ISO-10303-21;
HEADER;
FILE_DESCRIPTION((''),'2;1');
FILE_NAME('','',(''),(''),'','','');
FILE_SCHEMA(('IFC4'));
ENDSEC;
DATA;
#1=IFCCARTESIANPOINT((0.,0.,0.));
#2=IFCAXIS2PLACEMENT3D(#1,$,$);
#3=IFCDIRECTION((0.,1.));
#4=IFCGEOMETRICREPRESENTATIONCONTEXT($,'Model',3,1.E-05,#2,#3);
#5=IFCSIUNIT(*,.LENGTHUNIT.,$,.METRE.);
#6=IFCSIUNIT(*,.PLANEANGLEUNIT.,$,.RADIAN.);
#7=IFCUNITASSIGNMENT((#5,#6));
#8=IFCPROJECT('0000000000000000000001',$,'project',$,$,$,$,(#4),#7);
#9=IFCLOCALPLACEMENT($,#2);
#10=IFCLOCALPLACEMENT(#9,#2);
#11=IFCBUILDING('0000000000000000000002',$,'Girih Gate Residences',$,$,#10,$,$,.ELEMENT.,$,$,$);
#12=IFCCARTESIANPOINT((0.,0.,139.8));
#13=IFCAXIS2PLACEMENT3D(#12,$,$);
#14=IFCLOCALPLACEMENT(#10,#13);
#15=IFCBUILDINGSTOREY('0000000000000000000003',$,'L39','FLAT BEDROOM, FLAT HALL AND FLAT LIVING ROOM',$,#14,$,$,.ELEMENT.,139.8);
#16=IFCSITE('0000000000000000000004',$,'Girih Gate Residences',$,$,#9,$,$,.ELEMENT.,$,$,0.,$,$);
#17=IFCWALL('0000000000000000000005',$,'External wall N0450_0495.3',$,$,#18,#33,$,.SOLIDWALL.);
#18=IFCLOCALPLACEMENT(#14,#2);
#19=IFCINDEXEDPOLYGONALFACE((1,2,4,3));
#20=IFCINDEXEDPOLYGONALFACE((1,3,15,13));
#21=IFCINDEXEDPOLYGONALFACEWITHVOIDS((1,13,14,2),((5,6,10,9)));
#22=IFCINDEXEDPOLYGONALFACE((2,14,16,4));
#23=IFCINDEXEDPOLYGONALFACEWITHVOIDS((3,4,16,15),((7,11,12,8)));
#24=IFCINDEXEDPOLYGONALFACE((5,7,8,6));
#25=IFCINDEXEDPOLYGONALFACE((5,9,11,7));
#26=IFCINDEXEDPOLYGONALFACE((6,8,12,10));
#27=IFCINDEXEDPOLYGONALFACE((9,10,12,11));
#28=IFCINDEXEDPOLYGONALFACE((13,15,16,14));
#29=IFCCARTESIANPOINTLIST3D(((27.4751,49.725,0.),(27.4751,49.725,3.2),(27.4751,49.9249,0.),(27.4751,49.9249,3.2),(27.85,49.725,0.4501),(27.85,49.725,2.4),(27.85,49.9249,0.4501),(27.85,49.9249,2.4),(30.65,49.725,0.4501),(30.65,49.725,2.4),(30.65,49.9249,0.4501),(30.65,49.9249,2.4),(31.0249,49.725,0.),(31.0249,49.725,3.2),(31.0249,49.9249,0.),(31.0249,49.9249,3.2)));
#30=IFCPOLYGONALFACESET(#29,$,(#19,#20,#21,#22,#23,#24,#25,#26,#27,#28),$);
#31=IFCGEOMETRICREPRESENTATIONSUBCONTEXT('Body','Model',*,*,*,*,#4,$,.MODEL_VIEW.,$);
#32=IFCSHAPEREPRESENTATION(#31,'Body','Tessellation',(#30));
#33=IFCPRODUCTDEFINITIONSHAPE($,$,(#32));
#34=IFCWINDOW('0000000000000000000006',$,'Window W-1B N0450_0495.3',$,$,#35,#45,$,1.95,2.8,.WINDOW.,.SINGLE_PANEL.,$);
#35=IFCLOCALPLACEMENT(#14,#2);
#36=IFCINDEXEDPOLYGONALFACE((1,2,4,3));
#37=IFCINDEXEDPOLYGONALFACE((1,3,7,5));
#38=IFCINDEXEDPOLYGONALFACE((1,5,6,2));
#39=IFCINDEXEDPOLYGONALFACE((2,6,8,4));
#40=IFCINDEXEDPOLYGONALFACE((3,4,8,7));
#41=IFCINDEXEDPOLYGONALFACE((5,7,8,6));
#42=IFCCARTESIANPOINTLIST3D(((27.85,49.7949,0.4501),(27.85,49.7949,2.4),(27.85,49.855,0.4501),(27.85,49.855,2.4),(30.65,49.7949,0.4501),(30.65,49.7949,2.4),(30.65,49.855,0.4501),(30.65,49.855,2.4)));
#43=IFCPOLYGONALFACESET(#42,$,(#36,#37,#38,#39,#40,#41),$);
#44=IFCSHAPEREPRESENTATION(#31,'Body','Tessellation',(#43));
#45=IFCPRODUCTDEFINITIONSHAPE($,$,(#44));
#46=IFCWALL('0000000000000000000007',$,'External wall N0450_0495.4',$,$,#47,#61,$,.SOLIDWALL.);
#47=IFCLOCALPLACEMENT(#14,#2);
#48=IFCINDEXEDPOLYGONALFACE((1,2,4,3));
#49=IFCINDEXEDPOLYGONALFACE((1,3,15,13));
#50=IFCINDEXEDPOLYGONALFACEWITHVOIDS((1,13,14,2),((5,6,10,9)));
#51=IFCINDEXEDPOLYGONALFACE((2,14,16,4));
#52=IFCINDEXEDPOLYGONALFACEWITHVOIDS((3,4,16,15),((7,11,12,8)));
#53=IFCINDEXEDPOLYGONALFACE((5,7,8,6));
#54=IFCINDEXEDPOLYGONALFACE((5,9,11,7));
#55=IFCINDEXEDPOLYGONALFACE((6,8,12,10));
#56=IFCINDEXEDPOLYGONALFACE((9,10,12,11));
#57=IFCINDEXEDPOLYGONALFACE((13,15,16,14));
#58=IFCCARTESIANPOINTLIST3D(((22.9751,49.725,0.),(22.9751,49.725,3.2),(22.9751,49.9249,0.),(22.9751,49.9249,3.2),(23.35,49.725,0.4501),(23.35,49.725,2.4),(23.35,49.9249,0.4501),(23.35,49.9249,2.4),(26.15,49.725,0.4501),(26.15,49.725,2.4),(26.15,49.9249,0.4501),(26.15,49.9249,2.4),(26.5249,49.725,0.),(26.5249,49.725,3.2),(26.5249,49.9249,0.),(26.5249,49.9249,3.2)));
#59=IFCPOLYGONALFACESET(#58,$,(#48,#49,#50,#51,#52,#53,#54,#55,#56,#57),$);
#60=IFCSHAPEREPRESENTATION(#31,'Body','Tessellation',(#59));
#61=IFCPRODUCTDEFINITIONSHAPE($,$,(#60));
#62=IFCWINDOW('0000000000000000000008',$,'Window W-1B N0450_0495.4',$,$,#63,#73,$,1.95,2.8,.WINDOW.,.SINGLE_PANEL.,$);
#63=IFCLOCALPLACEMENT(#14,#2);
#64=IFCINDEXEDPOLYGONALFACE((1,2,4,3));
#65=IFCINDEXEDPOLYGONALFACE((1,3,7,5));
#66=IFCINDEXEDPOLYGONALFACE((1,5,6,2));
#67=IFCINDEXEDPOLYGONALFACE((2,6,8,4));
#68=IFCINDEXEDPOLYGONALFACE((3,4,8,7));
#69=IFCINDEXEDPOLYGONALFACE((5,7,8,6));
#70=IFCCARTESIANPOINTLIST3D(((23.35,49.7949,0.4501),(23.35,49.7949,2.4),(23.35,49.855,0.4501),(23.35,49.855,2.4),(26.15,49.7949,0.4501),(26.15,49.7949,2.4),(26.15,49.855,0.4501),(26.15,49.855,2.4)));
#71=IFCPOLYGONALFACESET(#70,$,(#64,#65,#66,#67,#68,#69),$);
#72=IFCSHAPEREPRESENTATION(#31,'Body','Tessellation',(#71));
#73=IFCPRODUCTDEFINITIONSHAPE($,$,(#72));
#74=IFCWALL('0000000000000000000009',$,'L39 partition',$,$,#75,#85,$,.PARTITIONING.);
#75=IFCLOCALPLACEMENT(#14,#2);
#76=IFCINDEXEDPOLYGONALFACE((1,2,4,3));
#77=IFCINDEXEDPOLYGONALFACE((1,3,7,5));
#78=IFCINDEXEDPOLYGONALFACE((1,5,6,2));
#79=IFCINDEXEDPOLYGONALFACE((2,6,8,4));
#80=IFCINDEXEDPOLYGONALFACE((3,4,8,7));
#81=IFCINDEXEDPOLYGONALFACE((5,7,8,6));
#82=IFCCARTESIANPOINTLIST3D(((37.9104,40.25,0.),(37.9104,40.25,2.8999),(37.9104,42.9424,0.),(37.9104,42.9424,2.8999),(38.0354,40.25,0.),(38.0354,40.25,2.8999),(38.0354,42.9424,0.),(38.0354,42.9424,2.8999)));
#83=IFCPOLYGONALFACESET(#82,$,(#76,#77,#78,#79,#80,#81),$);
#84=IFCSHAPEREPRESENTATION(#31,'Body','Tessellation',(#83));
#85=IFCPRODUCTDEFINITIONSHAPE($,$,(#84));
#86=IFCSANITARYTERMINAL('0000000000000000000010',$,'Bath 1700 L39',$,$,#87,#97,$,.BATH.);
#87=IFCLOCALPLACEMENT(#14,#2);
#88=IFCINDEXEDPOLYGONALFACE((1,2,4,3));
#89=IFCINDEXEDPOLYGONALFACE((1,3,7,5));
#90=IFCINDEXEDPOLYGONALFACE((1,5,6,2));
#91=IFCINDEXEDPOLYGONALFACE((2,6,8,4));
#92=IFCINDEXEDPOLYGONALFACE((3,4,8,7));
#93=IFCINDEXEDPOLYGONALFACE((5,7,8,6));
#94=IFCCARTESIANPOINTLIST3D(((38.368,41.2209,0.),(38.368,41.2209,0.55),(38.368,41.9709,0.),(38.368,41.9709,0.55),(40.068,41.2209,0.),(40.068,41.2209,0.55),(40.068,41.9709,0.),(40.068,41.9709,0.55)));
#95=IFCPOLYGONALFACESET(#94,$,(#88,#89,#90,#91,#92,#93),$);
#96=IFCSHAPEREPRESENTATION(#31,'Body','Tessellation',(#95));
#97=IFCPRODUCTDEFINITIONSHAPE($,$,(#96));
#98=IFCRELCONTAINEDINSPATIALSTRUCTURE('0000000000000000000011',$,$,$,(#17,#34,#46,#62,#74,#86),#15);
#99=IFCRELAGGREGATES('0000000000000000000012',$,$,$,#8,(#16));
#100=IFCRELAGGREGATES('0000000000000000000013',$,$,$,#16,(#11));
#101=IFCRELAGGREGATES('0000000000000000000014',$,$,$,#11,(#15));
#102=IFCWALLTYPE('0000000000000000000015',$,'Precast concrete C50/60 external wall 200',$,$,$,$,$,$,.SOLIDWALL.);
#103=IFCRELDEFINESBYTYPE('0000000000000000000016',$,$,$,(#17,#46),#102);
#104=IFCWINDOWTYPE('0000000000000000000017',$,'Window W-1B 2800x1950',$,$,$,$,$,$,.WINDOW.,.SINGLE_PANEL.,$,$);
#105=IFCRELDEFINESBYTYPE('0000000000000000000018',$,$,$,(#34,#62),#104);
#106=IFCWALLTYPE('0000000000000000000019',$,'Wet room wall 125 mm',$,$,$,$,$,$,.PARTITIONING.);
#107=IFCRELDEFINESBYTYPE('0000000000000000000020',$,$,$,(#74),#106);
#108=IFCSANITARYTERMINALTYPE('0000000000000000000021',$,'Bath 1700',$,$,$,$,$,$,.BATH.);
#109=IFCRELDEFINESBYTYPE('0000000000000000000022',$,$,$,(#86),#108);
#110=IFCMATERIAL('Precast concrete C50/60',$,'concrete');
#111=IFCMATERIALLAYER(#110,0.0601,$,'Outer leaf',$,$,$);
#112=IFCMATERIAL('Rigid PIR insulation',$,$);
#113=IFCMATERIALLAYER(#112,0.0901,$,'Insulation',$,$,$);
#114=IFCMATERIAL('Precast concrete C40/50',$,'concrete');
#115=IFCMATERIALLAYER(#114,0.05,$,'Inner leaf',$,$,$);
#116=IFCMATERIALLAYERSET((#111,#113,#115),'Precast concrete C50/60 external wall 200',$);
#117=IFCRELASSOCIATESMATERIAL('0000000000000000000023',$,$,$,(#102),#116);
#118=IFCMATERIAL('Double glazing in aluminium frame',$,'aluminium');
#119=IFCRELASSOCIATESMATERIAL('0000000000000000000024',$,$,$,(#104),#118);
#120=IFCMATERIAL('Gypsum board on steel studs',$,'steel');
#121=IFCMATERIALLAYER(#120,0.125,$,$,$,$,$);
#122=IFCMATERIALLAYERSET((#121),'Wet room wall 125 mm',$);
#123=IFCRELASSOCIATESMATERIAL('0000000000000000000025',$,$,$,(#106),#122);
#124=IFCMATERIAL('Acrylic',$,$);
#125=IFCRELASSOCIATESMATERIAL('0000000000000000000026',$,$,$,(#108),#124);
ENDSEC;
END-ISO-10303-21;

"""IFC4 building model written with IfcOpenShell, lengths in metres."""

from ifc_helpers import new_model, si_unit, direction, frame, frame_2d, origin, origin_2d, place, context, subcontext, project, spatial, rectangle, extrude, material, layer, layer_set, type_object, element, fill, save


model = new_model("IFC4")

# Units and contexts
model_context = context("Model", 3, precision=1e-05, world=origin(), true_north=direction((0.0, 1.0)))
body_context = subcontext(model_context, "Body", "Model", "MODEL_VIEW")
ifc_project = project(units=[si_unit("LENGTHUNIT", "METRE"), si_unit("PLANEANGLEUNIT", "RADIAN")], contexts=[model_context])

# Site, building, storey
site_placement = place(None, origin())
site = spatial("IfcSite", under=ifc_project, at=site_placement, Name="Girih Gate Residences", CompositionType="ELEMENT", RefElevation=0.0)
building_placement = place(site_placement, origin())
building = spatial("IfcBuilding", under=site, at=building_placement, Name="Girih Gate Residences", CompositionType="ELEMENT")
storey_placement = place(building_placement, frame((0.0, 0.0, 139.8)))
storey = spatial("IfcBuildingStorey", under=building, at=storey_placement, Name="L39", Description="FLAT BEDROOM, FLAT HALL AND FLAT LIVING ROOM", CompositionType="ELEMENT", Elevation=139.8)

# Shared definitions
ifc_material_1 = material(Name="Gypsum board on steel studs", Category="steel")

# Walls, openings, windows
ifc_material_2 = material(Name="Precast concrete C50/60", Category="concrete")
ifc_layer_1 = layer(ifc_material_2, 0.0601, Name="Outer leaf")
ifc_material_3 = material(Name="Rigid PIR insulation")
ifc_layer_2 = layer(ifc_material_3, 0.0901, Name="Insulation")
ifc_material_4 = material(Name="Precast concrete C40/50", Category="concrete")
ifc_layer_3 = layer(ifc_material_4, 0.05, Name="Inner leaf")
ifc_layer_set_1 = layer_set([ifc_layer_1, ifc_layer_2, ifc_layer_3], Name="Precast concrete C50/60 external wall 200")
wall_type_1 = type_object("IfcWallType", Name="Precast concrete C50/60 external wall 200", PredefinedType="SOLIDWALL", material=ifc_layer_set_1)
ifc_material_5 = material(Name="Double glazing in aluminium frame", Category="aluminium")
window_type = type_object("IfcWindowType", Name="Window W-1B 2800x1950", PartitioningType="SINGLE_PANEL", PredefinedType="WINDOW", material=ifc_material_5)
wall_1_placement = place(storey_placement, frame((27.4751, 49.825, 0.0), z_axis=(0.0, 0.0, 1.0), x_axis=(1.0, 0.0, 0.0)))
wall_1 = element("IfcWall", 1, at=wall_1_placement, inside=storey, type_object=wall_type_1, Name="External wall N0450_0495.3", PredefinedType="SOLIDWALL", context=body_context, shape_type="SweptSolid", body=[
    extrude(rectangle(XDim=3.5498, YDim=0.2, at=frame_2d((1.7749, 0.0))), origin(), (0.0, 0.0, 1.0), 3.2),
])
opening_1_placement = place(wall_1_placement, frame((0.375, 0.0, 0.45)))
opening_1 = element("IfcOpeningElement", 2, at=opening_1_placement, cuts=wall_1, PredefinedType="OPENING", context=body_context, shape_type="SweptSolid", body=[
    extrude(rectangle(XDim=2.8, YDim=1.95, at=frame_2d((1.3999, 0.9751))), frame((0.0, 0.1099, 0.0), z_axis=(0.0, -1.0, 0.0), x_axis=(1.0, 0.0, 0.0)), (0.0, 0.0, 1.0), 0.22),
])
window_1_placement = place(opening_1_placement, origin())
window_1 = element("IfcWindow", 3, at=window_1_placement, inside=storey, type_object=window_type, Name="Window W-1B N0450_0495.3", OverallHeight=1.95, OverallWidth=2.8, PartitioningType="SINGLE_PANEL", PredefinedType="WINDOW", context=body_context, shape_type="SweptSolid", body=[
    extrude(rectangle(XDim=2.8, YDim=1.95, at=frame_2d((1.3999, 0.9751))), frame((0.0, 0.03, 0.0), z_axis=(0.0, -1.0, 0.0), x_axis=(1.0, 0.0, 0.0)), (0.0, 0.0, 1.0), 0.0601),
])
fill(opening_1, window_1)
wall_2_placement = place(storey_placement, frame((22.9751, 49.825, 0.0), z_axis=(0.0, 0.0, 1.0), x_axis=(1.0, 0.0, 0.0)))
wall_2 = element("IfcWall", 4, at=wall_2_placement, inside=storey, type_object=wall_type_1, Name="External wall N0450_0495.4", PredefinedType="SOLIDWALL", context=body_context, shape_type="SweptSolid", body=[
    extrude(rectangle(XDim=3.5498, YDim=0.2, at=frame_2d((1.7749, 0.0))), origin(), (0.0, 0.0, 1.0), 3.2),
])
opening_2_placement = place(wall_2_placement, frame((0.375, 0.0, 0.45)))
opening_2 = element("IfcOpeningElement", 5, at=opening_2_placement, cuts=wall_2, PredefinedType="OPENING", context=body_context, shape_type="SweptSolid", body=[
    extrude(rectangle(XDim=2.8, YDim=1.95, at=frame_2d((1.3999, 0.9751))), frame((0.0, 0.1099, 0.0), z_axis=(0.0, -1.0, 0.0), x_axis=(1.0, 0.0, 0.0)), (0.0, 0.0, 1.0), 0.22),
])
window_2_placement = place(opening_2_placement, origin())
window_2 = element("IfcWindow", 6, at=window_2_placement, inside=storey, type_object=window_type, Name="Window W-1B N0450_0495.4", OverallHeight=1.95, OverallWidth=2.8, PartitioningType="SINGLE_PANEL", PredefinedType="WINDOW", context=body_context, shape_type="SweptSolid", body=[
    extrude(rectangle(XDim=2.8, YDim=1.95, at=frame_2d((1.3999, 0.9751))), frame((0.0, 0.03, 0.0), z_axis=(0.0, -1.0, 0.0), x_axis=(1.0, 0.0, 0.0)), (0.0, 0.0, 1.0), 0.0601),
])
fill(opening_2, window_2)

# Wall
ifc_layer_4 = layer(ifc_material_1, 0.125)
ifc_layer_set_2 = layer_set([ifc_layer_4], Name="Wet room wall 125 mm")
wall_type_2 = type_object("IfcWallType", Name="Wet room wall 125 mm", PredefinedType="PARTITIONING", material=ifc_layer_set_2)
wall_3_placement = place(storey_placement, frame((37.9729, 40.25, 0.0), z_axis=(0.0, 0.0, 1.0), x_axis=(0.0, 1.0, 0.0)))
element("IfcWall", 7, at=wall_3_placement, inside=storey, type_object=wall_type_2, Name="L39 partition", PredefinedType="PARTITIONING", context=body_context, shape_type="SweptSolid", body=[
    extrude(rectangle(XDim=2.6924, YDim=0.125, at=frame_2d((1.3462, 0.0))), origin(), (0.0, 0.0, 1.0), 2.8999),
])

# Sanitary terminal
ifc_material_6 = material(Name="Acrylic")
sanitary_terminal_type = type_object("IfcSanitaryTerminalType", Name="Bath 1700", PredefinedType="BATH", material=ifc_material_6)
sanitary_terminal_placement = place(storey_placement, frame((39.218, 41.5959, 0.0), z_axis=(0.0, 0.0, 1.0), x_axis=(1.0, 0.0, 0.0)))
element("IfcSanitaryTerminal", 8, at=sanitary_terminal_placement, inside=storey, type_object=sanitary_terminal_type, Name="Bath 1700 L39", PredefinedType="BATH", context=body_context, shape_type="SweptSolid", body=[
    extrude(rectangle(XDim=1.7, YDim=0.75, at=origin_2d()), origin(), (0.0, 0.0, 1.0), 0.55),
])

save(model, "model.ifc")
